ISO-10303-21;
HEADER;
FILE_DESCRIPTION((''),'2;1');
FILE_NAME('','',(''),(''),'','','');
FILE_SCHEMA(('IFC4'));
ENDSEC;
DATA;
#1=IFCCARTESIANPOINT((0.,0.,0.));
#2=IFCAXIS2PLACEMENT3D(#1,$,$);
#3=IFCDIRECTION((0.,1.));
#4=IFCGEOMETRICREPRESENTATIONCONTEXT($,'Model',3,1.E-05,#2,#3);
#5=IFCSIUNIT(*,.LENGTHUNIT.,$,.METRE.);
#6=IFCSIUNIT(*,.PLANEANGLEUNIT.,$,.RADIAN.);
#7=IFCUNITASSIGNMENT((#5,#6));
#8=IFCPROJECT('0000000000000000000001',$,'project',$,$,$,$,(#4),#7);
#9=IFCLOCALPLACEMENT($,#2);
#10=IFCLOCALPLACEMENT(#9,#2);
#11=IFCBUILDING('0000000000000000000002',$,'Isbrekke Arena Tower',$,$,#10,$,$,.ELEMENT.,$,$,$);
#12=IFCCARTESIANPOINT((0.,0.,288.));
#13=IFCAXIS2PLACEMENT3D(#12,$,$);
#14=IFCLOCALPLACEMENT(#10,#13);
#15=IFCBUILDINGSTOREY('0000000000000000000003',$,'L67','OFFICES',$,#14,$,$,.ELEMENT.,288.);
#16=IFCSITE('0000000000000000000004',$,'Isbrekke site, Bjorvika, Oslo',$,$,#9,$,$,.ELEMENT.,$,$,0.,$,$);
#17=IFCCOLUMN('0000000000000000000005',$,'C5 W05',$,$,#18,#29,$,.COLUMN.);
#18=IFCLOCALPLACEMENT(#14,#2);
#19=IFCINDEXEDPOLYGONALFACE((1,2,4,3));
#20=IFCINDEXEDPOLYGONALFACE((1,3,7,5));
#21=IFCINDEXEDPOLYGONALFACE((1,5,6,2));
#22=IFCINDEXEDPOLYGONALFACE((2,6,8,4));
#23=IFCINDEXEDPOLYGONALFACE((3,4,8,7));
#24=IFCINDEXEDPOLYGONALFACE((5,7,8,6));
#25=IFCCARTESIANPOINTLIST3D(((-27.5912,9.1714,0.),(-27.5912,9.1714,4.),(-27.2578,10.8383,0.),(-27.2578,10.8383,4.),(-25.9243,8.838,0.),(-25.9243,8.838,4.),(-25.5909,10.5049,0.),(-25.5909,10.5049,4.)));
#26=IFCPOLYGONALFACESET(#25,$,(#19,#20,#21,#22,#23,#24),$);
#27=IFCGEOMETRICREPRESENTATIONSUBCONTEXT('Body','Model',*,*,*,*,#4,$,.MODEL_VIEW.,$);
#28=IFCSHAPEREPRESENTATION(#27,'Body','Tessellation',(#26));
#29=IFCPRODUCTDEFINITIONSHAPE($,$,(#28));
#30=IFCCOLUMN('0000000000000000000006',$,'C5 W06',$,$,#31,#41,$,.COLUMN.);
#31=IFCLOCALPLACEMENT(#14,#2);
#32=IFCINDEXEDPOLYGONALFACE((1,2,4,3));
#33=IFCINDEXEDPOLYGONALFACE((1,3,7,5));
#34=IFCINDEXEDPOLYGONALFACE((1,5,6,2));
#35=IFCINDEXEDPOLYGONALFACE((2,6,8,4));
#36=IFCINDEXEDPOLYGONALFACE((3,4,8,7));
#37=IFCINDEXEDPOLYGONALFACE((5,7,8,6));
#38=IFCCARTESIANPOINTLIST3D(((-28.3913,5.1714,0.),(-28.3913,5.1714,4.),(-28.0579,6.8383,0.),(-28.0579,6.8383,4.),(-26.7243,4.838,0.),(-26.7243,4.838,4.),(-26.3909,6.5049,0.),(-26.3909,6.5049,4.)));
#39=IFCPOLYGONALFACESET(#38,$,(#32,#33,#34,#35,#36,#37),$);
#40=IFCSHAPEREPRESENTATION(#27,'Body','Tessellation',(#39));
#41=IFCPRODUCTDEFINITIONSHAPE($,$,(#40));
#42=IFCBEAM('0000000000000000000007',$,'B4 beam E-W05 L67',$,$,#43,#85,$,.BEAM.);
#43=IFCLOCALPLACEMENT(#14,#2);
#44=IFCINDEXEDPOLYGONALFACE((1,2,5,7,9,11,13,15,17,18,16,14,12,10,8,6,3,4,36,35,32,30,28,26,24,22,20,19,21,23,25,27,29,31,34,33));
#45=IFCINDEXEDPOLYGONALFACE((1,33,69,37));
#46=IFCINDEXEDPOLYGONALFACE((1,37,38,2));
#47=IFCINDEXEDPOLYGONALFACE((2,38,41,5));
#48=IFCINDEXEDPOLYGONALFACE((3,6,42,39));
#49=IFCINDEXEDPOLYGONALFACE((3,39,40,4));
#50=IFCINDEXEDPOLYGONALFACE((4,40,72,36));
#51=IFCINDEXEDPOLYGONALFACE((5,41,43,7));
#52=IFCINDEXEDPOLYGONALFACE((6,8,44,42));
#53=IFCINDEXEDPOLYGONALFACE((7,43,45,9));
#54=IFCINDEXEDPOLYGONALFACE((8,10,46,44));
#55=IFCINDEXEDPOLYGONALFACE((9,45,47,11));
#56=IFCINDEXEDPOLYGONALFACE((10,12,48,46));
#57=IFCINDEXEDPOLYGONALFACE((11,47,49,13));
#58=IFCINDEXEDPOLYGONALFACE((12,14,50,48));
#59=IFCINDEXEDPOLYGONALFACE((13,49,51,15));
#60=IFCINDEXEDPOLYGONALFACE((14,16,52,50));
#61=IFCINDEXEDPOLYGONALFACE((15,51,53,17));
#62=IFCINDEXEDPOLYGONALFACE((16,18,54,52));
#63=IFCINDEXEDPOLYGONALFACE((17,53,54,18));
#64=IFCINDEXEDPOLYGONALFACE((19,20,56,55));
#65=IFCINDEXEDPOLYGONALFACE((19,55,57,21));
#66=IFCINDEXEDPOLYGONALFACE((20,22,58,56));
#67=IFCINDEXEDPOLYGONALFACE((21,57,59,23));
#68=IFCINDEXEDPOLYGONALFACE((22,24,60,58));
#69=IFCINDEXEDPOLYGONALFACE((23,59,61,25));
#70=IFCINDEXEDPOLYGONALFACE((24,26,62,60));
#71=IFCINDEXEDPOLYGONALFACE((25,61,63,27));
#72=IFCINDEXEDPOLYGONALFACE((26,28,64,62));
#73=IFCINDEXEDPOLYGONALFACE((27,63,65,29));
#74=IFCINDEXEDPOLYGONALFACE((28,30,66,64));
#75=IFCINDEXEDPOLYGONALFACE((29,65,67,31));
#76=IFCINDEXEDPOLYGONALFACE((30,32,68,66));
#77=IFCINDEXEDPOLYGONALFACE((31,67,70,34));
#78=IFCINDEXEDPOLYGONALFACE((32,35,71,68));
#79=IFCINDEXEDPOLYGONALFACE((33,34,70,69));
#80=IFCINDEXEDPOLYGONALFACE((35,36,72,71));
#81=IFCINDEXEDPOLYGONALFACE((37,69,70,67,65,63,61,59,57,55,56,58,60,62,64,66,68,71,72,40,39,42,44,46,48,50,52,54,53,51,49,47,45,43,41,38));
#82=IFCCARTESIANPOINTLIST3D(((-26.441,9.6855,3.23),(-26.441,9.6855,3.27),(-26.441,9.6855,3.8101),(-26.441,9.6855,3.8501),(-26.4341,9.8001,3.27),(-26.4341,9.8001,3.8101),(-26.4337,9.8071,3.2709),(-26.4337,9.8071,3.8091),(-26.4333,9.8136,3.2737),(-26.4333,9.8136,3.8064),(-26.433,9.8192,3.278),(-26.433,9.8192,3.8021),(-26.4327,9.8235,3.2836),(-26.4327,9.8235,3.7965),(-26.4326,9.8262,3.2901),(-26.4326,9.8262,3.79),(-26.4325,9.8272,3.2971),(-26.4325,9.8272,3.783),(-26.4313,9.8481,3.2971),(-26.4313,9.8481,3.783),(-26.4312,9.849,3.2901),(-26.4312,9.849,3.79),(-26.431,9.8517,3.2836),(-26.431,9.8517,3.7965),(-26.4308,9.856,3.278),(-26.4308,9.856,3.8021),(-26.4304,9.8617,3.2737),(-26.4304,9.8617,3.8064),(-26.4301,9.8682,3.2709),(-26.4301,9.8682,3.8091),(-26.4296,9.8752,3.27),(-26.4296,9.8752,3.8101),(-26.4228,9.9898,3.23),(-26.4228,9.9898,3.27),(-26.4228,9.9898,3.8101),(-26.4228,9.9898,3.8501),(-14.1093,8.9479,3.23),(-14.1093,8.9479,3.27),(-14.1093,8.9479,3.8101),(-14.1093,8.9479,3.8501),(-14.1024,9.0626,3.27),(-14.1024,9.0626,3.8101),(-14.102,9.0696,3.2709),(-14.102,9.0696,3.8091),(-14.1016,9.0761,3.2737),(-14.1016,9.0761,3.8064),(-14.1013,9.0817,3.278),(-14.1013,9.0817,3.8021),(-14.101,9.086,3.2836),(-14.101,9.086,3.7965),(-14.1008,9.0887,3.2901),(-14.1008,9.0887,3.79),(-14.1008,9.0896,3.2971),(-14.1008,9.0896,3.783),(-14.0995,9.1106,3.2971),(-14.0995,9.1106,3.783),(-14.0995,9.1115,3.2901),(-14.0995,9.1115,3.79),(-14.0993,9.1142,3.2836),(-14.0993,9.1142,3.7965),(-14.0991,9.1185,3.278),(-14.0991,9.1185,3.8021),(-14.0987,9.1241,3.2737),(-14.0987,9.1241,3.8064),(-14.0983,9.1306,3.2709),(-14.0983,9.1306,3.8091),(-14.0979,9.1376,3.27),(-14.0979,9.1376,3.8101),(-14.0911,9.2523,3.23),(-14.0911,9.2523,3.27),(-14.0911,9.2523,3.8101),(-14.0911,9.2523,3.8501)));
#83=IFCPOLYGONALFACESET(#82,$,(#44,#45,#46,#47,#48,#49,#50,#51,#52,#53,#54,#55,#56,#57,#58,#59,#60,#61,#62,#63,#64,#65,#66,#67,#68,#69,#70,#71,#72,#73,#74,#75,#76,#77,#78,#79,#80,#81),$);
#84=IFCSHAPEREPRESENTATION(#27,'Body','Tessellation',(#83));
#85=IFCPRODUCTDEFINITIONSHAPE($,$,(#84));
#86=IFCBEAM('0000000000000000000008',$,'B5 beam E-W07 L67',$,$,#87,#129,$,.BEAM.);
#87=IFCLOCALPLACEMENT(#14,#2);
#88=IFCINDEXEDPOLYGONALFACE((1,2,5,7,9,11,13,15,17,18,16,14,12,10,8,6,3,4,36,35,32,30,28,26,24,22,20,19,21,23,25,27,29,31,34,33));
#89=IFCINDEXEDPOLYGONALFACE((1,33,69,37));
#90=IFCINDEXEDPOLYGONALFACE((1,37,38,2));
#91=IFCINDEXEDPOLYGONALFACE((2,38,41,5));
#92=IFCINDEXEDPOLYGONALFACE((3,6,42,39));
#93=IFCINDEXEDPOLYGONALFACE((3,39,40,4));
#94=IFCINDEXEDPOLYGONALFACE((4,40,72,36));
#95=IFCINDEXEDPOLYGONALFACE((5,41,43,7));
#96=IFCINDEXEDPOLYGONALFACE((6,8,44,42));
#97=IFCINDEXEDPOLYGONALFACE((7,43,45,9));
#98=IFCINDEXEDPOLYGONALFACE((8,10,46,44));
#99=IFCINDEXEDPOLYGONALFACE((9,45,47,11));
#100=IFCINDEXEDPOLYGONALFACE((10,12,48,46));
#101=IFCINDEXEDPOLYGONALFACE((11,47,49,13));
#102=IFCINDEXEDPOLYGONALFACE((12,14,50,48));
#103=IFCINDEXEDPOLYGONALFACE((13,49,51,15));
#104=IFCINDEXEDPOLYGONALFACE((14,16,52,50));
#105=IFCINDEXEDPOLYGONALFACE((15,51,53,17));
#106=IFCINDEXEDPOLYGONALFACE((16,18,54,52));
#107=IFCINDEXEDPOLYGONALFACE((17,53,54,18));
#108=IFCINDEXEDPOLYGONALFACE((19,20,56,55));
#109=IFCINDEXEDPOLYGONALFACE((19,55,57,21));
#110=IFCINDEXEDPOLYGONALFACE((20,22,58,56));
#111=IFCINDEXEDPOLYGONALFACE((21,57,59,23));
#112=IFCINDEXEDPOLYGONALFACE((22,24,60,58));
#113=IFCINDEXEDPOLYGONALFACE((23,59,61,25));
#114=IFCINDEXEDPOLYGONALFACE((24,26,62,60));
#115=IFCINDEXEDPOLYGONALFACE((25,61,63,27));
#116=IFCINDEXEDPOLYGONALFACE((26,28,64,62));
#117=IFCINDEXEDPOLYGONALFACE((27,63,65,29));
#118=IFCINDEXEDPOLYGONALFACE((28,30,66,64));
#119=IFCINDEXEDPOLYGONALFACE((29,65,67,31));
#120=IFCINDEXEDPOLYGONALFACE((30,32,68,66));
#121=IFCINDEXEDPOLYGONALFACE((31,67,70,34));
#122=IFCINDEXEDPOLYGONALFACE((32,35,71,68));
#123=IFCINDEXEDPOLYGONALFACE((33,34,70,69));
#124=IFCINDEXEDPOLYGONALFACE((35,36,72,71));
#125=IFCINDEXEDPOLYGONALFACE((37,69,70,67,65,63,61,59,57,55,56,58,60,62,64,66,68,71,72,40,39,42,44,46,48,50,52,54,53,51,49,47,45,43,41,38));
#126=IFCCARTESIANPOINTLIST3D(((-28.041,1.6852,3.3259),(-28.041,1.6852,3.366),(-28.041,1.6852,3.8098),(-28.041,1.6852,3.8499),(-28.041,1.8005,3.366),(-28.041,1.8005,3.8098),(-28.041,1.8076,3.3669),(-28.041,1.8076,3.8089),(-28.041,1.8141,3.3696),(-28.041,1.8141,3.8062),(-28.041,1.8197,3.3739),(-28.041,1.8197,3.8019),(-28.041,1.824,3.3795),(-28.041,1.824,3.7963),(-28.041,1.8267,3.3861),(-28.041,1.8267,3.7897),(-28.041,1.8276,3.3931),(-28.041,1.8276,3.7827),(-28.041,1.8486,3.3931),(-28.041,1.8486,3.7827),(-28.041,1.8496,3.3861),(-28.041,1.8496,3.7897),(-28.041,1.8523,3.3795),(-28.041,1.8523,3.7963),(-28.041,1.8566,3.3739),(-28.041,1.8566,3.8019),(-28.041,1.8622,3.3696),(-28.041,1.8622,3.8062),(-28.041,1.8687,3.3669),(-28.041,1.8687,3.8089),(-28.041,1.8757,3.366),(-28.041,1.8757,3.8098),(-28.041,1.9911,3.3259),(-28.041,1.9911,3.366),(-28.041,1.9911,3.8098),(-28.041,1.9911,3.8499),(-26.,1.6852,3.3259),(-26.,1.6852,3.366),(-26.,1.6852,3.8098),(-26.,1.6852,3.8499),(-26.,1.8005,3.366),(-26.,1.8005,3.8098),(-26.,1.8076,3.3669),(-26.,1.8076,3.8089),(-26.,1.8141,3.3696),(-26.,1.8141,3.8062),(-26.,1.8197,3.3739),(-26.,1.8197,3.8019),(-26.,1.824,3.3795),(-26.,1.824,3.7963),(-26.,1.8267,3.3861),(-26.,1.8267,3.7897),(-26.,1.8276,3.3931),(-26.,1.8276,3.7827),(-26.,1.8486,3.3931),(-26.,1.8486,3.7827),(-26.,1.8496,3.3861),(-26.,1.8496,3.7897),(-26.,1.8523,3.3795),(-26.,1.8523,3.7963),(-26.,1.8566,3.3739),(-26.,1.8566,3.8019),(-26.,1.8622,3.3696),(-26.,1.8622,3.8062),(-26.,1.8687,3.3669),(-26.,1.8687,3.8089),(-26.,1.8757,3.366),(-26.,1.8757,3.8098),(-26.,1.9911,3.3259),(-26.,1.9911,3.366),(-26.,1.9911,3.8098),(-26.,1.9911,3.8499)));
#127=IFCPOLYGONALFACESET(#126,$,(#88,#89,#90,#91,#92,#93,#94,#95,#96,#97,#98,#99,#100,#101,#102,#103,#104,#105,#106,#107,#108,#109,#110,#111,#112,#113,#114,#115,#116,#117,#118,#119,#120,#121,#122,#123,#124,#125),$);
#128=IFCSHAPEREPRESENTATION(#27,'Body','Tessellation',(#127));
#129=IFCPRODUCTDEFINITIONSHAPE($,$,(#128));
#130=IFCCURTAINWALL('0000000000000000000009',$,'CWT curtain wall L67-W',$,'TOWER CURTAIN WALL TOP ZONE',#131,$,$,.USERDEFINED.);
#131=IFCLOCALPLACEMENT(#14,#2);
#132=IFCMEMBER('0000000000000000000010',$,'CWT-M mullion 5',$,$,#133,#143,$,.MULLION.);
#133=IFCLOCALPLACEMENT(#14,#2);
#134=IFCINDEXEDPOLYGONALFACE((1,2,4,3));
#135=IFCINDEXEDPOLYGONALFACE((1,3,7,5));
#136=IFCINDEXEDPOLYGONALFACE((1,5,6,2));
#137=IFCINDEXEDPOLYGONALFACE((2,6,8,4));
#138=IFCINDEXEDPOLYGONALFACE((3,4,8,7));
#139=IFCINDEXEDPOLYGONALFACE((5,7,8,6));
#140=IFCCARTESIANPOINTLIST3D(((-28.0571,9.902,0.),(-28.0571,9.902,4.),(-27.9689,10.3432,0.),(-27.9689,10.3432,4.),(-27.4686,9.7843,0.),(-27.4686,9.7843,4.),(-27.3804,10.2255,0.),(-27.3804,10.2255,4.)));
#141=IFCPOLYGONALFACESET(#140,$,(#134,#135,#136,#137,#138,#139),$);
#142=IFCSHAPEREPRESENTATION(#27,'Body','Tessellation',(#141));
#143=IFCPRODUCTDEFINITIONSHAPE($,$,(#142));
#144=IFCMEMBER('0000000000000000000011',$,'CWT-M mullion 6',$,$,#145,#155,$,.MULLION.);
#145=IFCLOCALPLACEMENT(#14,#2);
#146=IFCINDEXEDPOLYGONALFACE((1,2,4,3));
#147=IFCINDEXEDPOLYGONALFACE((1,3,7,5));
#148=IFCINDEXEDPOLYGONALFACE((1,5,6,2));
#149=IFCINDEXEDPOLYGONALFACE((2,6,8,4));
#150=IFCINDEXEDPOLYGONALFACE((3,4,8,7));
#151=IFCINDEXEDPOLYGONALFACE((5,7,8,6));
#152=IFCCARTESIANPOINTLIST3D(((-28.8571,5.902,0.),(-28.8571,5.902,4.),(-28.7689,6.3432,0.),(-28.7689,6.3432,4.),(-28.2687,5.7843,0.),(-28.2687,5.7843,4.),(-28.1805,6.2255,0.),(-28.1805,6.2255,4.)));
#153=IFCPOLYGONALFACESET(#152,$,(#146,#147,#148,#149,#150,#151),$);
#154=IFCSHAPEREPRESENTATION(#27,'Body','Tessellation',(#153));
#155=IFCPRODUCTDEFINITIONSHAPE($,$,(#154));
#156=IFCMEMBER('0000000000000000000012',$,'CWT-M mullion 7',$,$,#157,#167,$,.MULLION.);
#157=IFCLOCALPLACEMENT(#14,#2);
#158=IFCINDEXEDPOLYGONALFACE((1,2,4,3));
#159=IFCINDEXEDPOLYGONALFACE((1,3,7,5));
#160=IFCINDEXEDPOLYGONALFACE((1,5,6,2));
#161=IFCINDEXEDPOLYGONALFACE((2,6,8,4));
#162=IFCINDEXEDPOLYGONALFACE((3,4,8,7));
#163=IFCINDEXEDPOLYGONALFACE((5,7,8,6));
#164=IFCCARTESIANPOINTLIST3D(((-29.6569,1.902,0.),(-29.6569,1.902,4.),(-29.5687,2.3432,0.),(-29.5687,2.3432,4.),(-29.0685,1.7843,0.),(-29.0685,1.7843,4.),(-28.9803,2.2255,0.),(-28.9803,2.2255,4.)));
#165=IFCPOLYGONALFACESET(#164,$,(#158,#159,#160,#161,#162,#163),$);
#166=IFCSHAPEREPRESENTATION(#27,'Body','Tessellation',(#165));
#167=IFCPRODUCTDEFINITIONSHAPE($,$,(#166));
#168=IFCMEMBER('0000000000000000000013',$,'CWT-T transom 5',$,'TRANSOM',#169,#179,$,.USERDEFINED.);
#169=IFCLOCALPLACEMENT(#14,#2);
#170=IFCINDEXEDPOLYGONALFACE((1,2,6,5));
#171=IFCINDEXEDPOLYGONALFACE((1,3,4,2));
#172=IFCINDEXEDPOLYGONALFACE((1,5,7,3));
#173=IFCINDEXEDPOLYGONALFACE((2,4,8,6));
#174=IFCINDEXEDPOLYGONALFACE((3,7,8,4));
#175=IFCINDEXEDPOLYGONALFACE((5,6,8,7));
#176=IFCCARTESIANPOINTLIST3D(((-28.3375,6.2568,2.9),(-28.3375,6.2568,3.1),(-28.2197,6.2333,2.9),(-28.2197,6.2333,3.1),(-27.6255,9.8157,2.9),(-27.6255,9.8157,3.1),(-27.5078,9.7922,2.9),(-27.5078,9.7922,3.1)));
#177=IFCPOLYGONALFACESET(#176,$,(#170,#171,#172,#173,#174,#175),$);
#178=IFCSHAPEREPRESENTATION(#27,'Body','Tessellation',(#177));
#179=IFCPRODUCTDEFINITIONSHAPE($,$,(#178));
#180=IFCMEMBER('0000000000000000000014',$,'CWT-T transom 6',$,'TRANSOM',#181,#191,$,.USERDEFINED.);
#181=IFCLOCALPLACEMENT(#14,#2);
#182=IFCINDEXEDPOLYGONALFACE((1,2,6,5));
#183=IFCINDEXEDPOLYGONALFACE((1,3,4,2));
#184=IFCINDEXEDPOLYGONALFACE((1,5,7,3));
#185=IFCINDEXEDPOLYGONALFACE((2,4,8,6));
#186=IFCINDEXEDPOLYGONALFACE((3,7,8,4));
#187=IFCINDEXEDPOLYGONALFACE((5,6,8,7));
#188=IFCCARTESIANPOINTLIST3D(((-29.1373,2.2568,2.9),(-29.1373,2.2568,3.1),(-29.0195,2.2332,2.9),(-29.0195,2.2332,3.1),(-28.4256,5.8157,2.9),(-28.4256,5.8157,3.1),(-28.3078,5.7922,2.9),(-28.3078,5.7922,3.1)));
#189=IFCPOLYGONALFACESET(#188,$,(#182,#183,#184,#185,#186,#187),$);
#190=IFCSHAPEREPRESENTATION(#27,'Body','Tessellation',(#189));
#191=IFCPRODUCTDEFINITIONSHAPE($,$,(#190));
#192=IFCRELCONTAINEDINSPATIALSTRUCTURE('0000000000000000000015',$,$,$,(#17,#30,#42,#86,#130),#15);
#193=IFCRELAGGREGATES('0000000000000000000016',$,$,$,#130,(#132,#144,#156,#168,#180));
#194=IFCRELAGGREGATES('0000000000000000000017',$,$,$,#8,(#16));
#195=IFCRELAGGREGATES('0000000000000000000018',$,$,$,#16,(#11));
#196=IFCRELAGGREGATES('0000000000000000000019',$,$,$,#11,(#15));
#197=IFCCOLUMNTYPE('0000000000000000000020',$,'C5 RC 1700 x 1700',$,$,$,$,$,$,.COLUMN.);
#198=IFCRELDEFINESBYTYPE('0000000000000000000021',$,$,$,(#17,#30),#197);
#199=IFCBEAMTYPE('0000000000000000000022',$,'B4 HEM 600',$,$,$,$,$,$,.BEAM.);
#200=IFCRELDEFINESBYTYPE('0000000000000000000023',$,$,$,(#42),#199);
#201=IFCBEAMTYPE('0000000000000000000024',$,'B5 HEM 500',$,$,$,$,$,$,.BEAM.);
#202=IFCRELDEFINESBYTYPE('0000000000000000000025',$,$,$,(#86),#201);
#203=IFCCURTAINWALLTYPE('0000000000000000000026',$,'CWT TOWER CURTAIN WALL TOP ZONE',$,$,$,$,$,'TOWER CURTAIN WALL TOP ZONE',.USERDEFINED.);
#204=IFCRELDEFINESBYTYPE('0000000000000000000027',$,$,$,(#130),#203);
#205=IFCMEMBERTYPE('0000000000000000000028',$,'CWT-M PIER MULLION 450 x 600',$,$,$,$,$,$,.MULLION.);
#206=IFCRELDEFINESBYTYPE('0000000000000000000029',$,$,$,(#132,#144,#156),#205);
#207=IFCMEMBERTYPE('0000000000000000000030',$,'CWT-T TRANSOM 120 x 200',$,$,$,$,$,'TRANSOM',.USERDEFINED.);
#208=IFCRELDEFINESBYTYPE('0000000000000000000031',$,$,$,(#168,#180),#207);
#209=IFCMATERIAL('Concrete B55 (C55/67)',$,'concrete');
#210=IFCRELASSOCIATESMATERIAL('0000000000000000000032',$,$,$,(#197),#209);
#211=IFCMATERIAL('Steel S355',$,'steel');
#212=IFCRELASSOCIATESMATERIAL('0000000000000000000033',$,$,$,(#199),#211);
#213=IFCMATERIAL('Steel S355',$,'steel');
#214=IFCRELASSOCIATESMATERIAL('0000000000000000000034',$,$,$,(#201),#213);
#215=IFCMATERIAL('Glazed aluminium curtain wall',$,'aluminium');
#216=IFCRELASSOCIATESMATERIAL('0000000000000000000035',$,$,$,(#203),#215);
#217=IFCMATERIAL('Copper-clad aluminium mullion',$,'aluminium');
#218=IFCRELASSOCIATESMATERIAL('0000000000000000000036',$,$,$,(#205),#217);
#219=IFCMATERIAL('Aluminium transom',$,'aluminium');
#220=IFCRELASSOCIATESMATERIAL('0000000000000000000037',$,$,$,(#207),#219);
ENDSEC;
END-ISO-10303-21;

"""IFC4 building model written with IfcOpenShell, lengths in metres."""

from ifc_helpers import new_model, si_unit, direction, frame, origin, origin_2d, place, context, subcontext, project, spatial, rectangle, i_section, extrude, material, material_profile, profile_set, type_object, element, aggregate, save


model = new_model("IFC4")

# Units and contexts
model_context = context("Model", 3, precision=1e-05, world=origin(), true_north=direction((0.0, 1.0)))
body_context = subcontext(model_context, "Body", "Model", "MODEL_VIEW")
ifc_project = project(units=[si_unit("LENGTHUNIT", "METRE"), si_unit("PLANEANGLEUNIT", "RADIAN")], contexts=[model_context])

# Site, building, storey
site_placement = place(None, origin())
site = spatial("IfcSite", under=ifc_project, at=site_placement, Name="Isbrekke site, Bjorvika, Oslo", CompositionType="ELEMENT", RefElevation=0.0)
building_placement = place(site_placement, origin())
building = spatial("IfcBuilding", under=site, at=building_placement, Name="Isbrekke Arena Tower", CompositionType="ELEMENT")
storey_placement = place(building_placement, frame((0.0, 0.0, 288.0)))
storey = spatial("IfcBuildingStorey", under=building, at=storey_placement, Name="L67", Description="OFFICES", CompositionType="ELEMENT", Elevation=288.0)

# Columns
ifc_material_1 = material(Name="Concrete B55 (C55/67)", Category="concrete")
ifc_material_profile_1 = material_profile(ifc_material_1, rectangle(XDim=1.7, YDim=1.7, at=origin_2d()), Name="RC 1700x1700")
ifc_profile_set_1 = profile_set([ifc_material_profile_1], Name="Concrete B55 (C55/67)")
column_type = type_object("IfcColumnType", Name="C5 RC 1700 x 1700", PredefinedType="COLUMN", material=ifc_profile_set_1)
for number, where, z_axis, x_axis, name in (
    (1, (-26.5911, 9.8381, 0.0), (0.0, 0.0, 1.0), (-0.196116, -0.980581, 0.0), "C5 W05"),
    (2, (-27.3911, 5.8381, 0.0), (0.0, 0.0, 1.0), (-0.196116, -0.980581, 0.0), "C5 W06"),
):
    element("IfcColumn", number, at=place(storey_placement, frame(where, z_axis=z_axis, x_axis=x_axis)), inside=storey, type_object=column_type, Name=name, PredefinedType="COLUMN", context=body_context, shape_type="SweptSolid", body=[
        extrude(rectangle(XDim=1.7, YDim=1.7, at=origin_2d()), origin(), (0.0, 0.0, 1.0), 4.0),
    ])

# Beams
ifc_material_2 = material(Name="Steel S355", Category="steel")
ifc_material_profile_2 = material_profile(ifc_material_2, i_section(OverallWidth=0.3049, OverallDepth=0.6201, WebThickness=0.021, FlangeThickness=0.04, FilletRadius=0.0271, at=origin_2d()), Name="HEM 600")
ifc_profile_set_2 = profile_set([ifc_material_profile_2], Name="Steel S355")
beam_type_1 = type_object("IfcBeamType", Name="B4 HEM 600", PredefinedType="BEAM", material=ifc_profile_set_2)
beam_1_placement = place(storey_placement, frame((-26.4319, 9.8376, 3.54), z_axis=(0.998216, -0.059702, 0.0), x_axis=(0.059702, 0.998216, 0.0)))
element("IfcBeam", 3, at=beam_1_placement, inside=storey, type_object=beam_type_1, Name="B4 beam E-W05 L67", PredefinedType="BEAM", context=body_context, shape_type="SweptSolid", body=[
    extrude(i_section(OverallWidth=0.3049, OverallDepth=0.6201, WebThickness=0.021, FlangeThickness=0.04, FilletRadius=0.0271, at=origin_2d()), origin(), (0.0, 0.0, 1.0), 12.3538),
])
ifc_material_3 = material(Name="Steel S355", Category="steel")
ifc_material_profile_3 = material_profile(ifc_material_3, i_section(OverallWidth=0.3059, OverallDepth=0.5239, WebThickness=0.021, FlangeThickness=0.04, FilletRadius=0.0271, at=origin_2d()), Name="HEM 500")
ifc_profile_set_3 = profile_set([ifc_material_profile_3], Name="Steel S355")
beam_type_2 = type_object("IfcBeamType", Name="B5 HEM 500", PredefinedType="BEAM", material=ifc_profile_set_3)
beam_2_placement = place(storey_placement, frame((-28.041, 1.8381, 3.5879), z_axis=(1.0, 0.0, 0.0), x_axis=(0.0, 1.0, 0.0)))
element("IfcBeam", 4, at=beam_2_placement, inside=storey, type_object=beam_type_2, Name="B5 beam E-W07 L67", PredefinedType="BEAM", context=body_context, shape_type="SweptSolid", body=[
    extrude(i_section(OverallWidth=0.3059, OverallDepth=0.5239, WebThickness=0.021, FlangeThickness=0.04, FilletRadius=0.0271, at=origin_2d()), origin(), (0.0, 0.0, 1.0), 2.041),
])

# Curtain wall, members
ifc_material_4 = material(Name="Glazed aluminium curtain wall", Category="aluminium")
curtain_wall_type = type_object("IfcCurtainWallType", Name="CWT TOWER CURTAIN WALL TOP ZONE", ElementType="TOWER CURTAIN WALL TOP ZONE", PredefinedType="USERDEFINED", material=ifc_material_4)
curtain_wall_placement = place(storey_placement, origin())
curtain_wall = element("IfcCurtainWall", 5, at=curtain_wall_placement, inside=storey, type_object=curtain_wall_type, Name="CWT curtain wall L67-W", ObjectType="TOWER CURTAIN WALL TOP ZONE", PredefinedType="USERDEFINED")
ifc_material_5 = material(Name="Copper-clad aluminium mullion", Category="aluminium")
ifc_material_profile_4 = material_profile(ifc_material_5, rectangle(XDim=0.45, YDim=0.6001, at=origin_2d()), Name="PIER 450X600")
ifc_profile_set_4 = profile_set([ifc_material_profile_4], Name="Copper-clad aluminium mullion")
member_type_1 = type_object("IfcMemberType", Name="CWT-M PIER MULLION 450 x 600", PredefinedType="MULLION", material=ifc_profile_set_4)
member_1_placement = place(storey_placement, frame((-27.7188, 10.0637, 0.0), z_axis=(0.0, 0.0, 1.0), x_axis=(-0.196116, -0.980581, 0.0)))
member_1 = element("IfcMember", 6, at=member_1_placement, type_object=member_type_1, Name="CWT-M mullion 5", PredefinedType="MULLION", context=body_context, shape_type="SweptSolid", body=[
    extrude(rectangle(XDim=0.45, YDim=0.6001, at=origin_2d()), origin(), (0.0, 0.0, 1.0), 4.0),
])
member_2_placement = place(storey_placement, frame((-28.5188, 6.0637, 0.0), z_axis=(0.0, 0.0, 1.0), x_axis=(-0.196116, -0.980581, 0.0)))
member_2 = element("IfcMember", 7, at=member_2_placement, type_object=member_type_1, Name="CWT-M mullion 6", PredefinedType="MULLION", context=body_context, shape_type="SweptSolid", body=[
    extrude(rectangle(XDim=0.45, YDim=0.6001, at=origin_2d()), origin(), (0.0, 0.0, 1.0), 4.0),
])
member_3_placement = place(storey_placement, frame((-29.3186, 2.0637, 0.0), z_axis=(0.0, 0.0, 1.0), x_axis=(-0.196116, -0.980581, 0.0)))
member_3 = element("IfcMember", 8, at=member_3_placement, type_object=member_type_1, Name="CWT-M mullion 7", PredefinedType="MULLION", context=body_context, shape_type="SweptSolid", body=[
    extrude(rectangle(XDim=0.45, YDim=0.6001, at=origin_2d()), origin(), (0.0, 0.0, 1.0), 4.0),
])
ifc_material_6 = material(Name="Aluminium transom", Category="aluminium")
ifc_material_profile_5 = material_profile(ifc_material_6, rectangle(XDim=0.1201, YDim=0.2, at=origin_2d()), Name="TRANSOM 120X200")
ifc_profile_set_5 = profile_set([ifc_material_profile_5], Name="Aluminium transom")
member_type_2 = type_object("IfcMemberType", Name="CWT-T TRANSOM 120 x 200", ElementType="TRANSOM", PredefinedType="USERDEFINED", material=ifc_profile_set_5)
member_4_placement = place(storey_placement, frame((-27.5667, 9.804, 3.0), z_axis=(-0.196155, -0.980573, 0.0), x_axis=(0.980573, -0.196155, 0.0)))
member_4 = element("IfcMember", 9, at=member_4_placement, type_object=member_type_2, Name="CWT-T transom 5", ObjectType="TRANSOM", PredefinedType="USERDEFINED", context=body_context, shape_type="SweptSolid", body=[
    extrude(rectangle(XDim=0.1201, YDim=0.2, at=origin_2d()), origin(), (0.0, 0.0, 1.0), 3.6294),
])
member_5_placement = place(storey_placement, frame((-28.3667, 5.804, 3.0), z_axis=(-0.19609, -0.980586, 0.0), x_axis=(0.980586, -0.19609, 0.0)))
member_5 = element("IfcMember", 10, at=member_5_placement, type_object=member_type_2, Name="CWT-T transom 6", ObjectType="TRANSOM", PredefinedType="USERDEFINED", context=body_context, shape_type="SweptSolid", body=[
    extrude(rectangle(XDim=0.1201, YDim=0.2, at=origin_2d()), origin(), (0.0, 0.0, 1.0), 3.6294),
])

aggregate(curtain_wall, [member_1, member_2, member_3, member_4, member_5])

save(model, "model.ifc")
